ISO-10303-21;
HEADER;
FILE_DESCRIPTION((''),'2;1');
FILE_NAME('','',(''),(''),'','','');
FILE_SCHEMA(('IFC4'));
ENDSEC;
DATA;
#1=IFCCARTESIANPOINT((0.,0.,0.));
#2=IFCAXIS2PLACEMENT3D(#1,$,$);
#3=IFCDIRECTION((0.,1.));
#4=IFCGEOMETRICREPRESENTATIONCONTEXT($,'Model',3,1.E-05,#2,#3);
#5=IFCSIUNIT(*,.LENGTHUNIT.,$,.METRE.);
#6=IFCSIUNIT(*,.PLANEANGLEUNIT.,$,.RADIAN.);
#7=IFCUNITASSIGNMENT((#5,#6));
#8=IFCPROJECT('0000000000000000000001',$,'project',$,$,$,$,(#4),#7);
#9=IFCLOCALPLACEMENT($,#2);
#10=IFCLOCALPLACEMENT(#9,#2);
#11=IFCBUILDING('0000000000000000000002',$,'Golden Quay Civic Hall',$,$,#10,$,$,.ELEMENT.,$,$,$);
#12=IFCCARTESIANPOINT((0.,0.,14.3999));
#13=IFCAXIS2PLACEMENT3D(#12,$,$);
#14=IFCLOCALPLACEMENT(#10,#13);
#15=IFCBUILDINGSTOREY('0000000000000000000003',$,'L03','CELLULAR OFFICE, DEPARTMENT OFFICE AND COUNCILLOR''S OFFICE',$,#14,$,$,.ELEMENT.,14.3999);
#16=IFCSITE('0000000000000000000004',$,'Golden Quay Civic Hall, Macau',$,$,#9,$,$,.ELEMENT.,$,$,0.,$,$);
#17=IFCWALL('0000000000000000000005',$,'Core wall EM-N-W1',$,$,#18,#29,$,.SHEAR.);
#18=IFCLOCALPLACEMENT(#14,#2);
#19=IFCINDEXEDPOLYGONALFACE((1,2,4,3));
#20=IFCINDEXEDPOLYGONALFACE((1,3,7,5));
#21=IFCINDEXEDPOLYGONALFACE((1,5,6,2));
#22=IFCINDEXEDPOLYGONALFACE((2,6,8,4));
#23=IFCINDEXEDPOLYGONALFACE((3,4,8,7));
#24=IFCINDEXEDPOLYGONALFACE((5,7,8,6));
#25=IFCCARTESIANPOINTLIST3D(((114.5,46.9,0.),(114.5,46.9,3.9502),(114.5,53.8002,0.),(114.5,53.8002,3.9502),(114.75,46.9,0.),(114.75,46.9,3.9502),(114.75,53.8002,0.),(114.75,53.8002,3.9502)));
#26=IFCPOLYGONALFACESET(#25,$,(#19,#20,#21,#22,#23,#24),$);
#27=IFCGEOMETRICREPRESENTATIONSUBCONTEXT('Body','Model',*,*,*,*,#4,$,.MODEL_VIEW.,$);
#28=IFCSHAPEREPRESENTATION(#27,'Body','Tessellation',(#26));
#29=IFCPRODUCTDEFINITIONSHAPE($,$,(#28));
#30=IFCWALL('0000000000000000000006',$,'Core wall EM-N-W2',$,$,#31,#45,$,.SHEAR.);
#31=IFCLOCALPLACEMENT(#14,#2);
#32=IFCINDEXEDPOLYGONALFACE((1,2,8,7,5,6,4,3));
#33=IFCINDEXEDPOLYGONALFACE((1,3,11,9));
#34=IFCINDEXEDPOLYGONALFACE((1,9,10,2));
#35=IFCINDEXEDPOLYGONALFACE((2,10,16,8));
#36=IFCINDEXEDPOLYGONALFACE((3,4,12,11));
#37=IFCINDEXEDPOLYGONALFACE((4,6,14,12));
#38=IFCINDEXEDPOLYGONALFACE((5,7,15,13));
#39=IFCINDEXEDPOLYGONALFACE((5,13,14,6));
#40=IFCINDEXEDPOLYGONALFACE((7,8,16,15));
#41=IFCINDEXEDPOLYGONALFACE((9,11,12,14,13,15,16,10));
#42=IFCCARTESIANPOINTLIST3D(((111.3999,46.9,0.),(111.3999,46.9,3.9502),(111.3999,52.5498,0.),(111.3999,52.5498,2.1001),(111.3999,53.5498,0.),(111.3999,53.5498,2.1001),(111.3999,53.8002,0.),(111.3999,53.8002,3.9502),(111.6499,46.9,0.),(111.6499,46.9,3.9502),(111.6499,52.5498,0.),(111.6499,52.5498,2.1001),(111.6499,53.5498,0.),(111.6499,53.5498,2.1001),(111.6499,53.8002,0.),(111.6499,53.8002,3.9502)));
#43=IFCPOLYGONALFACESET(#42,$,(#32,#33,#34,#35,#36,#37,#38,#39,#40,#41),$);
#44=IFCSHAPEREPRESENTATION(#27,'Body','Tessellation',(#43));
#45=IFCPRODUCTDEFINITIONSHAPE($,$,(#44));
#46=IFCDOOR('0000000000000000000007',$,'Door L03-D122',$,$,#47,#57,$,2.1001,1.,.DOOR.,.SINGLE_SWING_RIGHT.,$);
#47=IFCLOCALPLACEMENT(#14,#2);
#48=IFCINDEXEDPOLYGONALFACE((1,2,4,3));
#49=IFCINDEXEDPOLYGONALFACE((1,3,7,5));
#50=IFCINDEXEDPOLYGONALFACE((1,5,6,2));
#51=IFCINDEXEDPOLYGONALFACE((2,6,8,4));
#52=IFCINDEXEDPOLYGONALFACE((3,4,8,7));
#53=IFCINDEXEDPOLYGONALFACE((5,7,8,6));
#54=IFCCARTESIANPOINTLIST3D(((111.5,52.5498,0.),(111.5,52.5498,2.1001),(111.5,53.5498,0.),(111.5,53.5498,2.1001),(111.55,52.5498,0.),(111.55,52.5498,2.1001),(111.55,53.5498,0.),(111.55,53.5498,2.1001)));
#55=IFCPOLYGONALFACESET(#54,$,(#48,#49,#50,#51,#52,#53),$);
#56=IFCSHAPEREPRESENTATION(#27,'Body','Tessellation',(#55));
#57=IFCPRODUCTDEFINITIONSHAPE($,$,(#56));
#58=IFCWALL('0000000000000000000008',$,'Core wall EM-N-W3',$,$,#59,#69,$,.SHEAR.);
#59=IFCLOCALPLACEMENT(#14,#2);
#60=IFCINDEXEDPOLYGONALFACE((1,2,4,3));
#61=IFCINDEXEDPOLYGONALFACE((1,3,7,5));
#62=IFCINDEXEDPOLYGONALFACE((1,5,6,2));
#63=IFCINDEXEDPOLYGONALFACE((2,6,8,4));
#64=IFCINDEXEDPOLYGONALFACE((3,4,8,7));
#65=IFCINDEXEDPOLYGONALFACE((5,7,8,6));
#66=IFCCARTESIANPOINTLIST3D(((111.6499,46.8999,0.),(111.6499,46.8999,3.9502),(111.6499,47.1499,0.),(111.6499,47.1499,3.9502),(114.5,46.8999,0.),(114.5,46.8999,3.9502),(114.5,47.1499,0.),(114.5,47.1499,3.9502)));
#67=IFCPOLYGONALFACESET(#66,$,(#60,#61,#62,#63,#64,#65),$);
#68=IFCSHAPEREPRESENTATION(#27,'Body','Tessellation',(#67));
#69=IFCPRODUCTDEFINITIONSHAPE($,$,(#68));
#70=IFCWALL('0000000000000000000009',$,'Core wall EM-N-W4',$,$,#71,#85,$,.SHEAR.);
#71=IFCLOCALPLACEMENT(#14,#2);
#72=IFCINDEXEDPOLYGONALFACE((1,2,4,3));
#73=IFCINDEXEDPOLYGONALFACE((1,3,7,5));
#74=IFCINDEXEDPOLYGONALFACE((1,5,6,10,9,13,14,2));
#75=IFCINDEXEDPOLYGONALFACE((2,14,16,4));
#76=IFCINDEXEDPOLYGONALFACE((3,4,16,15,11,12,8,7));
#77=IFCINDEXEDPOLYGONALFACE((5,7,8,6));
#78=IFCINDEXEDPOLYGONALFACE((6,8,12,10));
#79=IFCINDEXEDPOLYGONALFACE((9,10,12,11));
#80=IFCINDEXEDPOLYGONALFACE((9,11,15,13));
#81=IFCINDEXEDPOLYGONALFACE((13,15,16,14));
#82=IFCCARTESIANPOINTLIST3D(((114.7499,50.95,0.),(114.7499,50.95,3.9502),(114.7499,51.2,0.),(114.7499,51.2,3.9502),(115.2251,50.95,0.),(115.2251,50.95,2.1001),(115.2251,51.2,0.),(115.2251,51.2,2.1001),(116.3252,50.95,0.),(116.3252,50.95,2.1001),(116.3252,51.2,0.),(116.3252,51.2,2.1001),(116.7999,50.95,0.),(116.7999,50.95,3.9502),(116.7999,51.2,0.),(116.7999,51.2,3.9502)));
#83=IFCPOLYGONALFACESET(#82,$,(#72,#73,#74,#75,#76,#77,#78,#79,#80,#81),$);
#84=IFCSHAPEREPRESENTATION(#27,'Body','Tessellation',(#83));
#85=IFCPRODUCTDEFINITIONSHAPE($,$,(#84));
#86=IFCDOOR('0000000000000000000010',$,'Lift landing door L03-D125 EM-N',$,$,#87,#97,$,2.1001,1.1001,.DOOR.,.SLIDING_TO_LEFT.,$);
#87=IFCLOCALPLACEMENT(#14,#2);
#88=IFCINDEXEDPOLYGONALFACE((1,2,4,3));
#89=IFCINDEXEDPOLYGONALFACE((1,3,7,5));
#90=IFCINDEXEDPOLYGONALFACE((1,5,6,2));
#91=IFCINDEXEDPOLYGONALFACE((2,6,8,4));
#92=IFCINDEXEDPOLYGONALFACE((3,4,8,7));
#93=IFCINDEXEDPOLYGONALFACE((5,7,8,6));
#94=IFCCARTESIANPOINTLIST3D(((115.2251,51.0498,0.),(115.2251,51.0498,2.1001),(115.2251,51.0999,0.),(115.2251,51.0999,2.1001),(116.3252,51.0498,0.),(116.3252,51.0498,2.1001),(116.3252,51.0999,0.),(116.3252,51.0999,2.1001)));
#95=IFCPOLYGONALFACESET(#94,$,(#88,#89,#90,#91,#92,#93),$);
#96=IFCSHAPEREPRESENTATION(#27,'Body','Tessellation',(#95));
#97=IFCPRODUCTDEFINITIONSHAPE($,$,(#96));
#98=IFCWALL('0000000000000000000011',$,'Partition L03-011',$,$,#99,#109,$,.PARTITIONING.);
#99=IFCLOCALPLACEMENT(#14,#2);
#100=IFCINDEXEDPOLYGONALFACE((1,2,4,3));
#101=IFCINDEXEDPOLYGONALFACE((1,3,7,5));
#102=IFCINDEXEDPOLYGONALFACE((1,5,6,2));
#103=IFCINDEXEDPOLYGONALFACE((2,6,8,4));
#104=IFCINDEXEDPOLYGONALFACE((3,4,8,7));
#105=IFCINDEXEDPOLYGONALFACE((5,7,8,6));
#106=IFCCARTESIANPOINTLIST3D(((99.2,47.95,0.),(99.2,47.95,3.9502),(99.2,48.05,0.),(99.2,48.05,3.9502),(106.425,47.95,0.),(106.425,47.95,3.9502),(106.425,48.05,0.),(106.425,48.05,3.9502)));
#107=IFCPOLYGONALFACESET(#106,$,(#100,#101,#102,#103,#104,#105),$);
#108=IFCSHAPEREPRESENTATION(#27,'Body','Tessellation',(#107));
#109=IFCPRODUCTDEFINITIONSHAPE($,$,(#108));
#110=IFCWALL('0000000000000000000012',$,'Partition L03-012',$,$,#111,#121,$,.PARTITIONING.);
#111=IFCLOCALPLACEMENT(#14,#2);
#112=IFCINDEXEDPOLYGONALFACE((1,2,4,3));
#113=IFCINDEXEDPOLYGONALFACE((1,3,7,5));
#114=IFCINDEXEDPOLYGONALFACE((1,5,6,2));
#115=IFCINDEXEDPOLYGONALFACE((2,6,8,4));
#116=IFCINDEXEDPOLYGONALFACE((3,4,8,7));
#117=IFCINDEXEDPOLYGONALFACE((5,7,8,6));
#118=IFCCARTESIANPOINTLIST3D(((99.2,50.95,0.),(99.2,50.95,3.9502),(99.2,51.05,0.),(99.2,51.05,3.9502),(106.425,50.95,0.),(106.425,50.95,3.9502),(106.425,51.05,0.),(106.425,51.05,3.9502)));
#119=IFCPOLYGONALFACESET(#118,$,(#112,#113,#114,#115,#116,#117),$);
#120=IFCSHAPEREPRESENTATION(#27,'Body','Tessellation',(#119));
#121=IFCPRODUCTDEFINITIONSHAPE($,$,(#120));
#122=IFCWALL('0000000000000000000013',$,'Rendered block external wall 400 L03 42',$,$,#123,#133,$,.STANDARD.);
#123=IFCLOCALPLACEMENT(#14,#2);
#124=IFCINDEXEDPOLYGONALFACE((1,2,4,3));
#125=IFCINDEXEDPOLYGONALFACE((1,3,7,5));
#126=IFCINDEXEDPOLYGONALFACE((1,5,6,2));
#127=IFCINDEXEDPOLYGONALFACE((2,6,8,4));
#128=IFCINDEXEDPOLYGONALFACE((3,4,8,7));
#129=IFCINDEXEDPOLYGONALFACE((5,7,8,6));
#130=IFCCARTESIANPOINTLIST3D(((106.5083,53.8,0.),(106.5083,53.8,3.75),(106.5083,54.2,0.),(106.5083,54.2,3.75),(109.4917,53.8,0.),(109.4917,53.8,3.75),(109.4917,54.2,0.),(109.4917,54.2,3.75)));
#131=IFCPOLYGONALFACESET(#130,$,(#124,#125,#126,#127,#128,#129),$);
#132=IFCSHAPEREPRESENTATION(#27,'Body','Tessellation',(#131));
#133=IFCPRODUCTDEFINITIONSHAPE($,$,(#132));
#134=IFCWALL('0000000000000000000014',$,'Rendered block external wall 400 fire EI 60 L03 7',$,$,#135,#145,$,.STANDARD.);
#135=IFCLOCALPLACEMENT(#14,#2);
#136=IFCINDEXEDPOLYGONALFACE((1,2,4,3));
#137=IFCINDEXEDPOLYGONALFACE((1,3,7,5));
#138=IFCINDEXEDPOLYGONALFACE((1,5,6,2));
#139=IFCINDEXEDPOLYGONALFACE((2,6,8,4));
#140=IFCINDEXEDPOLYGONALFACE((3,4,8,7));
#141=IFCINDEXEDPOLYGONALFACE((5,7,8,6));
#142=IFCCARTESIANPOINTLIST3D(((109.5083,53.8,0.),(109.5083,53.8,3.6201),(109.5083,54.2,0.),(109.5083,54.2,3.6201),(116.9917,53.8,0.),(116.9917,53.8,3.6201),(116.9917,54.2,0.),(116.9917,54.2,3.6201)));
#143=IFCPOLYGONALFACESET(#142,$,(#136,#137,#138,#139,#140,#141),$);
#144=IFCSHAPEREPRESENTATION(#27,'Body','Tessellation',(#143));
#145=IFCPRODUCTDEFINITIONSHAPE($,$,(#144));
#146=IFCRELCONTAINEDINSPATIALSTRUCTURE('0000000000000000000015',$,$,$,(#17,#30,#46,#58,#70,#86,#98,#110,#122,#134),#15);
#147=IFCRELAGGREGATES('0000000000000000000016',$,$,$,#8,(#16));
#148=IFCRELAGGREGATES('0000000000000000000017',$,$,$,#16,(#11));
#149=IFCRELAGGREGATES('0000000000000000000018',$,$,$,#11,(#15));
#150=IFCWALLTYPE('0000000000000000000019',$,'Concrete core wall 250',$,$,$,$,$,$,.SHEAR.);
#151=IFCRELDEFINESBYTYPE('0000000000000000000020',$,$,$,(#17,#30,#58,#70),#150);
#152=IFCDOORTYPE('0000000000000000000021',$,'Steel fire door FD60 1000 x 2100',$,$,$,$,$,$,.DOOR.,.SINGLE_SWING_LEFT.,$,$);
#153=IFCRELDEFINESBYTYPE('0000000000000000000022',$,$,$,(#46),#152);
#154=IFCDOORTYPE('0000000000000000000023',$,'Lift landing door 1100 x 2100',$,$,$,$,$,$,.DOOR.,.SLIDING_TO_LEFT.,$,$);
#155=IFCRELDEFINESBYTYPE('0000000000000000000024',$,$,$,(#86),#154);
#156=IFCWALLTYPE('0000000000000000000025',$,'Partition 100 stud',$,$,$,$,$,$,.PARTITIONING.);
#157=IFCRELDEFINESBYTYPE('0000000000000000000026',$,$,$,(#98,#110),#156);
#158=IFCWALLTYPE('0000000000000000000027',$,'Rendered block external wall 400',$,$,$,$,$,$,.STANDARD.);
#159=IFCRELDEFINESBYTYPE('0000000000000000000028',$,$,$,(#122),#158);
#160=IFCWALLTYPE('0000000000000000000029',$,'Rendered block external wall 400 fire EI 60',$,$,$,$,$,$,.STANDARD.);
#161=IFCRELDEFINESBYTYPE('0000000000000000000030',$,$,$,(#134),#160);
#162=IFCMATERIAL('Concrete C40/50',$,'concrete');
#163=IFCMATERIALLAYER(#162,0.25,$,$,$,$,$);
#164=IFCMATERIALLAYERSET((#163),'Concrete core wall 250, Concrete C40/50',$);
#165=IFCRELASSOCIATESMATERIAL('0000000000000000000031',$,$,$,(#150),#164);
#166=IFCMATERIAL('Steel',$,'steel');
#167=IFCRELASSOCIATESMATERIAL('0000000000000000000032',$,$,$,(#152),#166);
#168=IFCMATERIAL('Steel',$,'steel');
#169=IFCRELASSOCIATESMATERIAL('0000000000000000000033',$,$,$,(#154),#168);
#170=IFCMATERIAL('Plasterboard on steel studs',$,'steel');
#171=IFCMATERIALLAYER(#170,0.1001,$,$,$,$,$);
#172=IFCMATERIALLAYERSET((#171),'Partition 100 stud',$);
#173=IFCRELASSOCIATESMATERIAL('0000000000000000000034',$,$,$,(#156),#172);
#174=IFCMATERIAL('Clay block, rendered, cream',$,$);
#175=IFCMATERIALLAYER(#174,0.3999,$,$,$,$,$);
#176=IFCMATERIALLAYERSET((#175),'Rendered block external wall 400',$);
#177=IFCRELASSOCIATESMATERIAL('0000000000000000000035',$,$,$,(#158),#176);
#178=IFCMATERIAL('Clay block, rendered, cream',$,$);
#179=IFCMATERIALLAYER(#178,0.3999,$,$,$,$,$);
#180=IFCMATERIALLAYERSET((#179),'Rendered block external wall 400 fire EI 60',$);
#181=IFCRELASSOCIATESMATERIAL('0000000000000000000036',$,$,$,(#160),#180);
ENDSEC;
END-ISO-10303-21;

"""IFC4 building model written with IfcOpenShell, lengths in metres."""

from ifc_helpers import new_model, si_unit, direction, frame, frame_2d, origin, place, context, subcontext, project, spatial, rectangle, extrude, material, layer, layer_set, type_object, element, fill, save


model = new_model("IFC4")

# Units and contexts
model_context = context("Model", 3, precision=1e-05, world=origin(), true_north=direction((0.0, 1.0)))
body_context = subcontext(model_context, "Body", "Model", "MODEL_VIEW")
ifc_project = project(units=[si_unit("LENGTHUNIT", "METRE"), si_unit("PLANEANGLEUNIT", "RADIAN")], contexts=[model_context])

# Site, building, storey
site_placement = place(None, origin())
site = spatial("IfcSite", under=ifc_project, at=site_placement, Name="Golden Quay Civic Hall, Macau", CompositionType="ELEMENT", RefElevation=0.0)
building_placement = place(site_placement, origin())
building = spatial("IfcBuilding", under=site, at=building_placement, Name="Golden Quay Civic Hall", CompositionType="ELEMENT")
storey_placement = place(building_placement, frame((0.0, 0.0, 14.3999)))
storey = spatial("IfcBuildingStorey", under=building, at=storey_placement, Name="L03", Description="CELLULAR OFFICE, DEPARTMENT OFFICE AND COUNCILLOR'S OFFICE", CompositionType="ELEMENT", Elevation=14.3999)

# Wall
ifc_material_1 = material(Name="Concrete C40/50", Category="concrete")
ifc_layer_1 = layer(ifc_material_1, 0.25)
ifc_layer_set_1 = layer_set([ifc_layer_1], Name="Concrete core wall 250, Concrete C40/50")
wall_type_1 = type_object("IfcWallType", Name="Concrete core wall 250", PredefinedType="SHEAR", material=ifc_layer_set_1)
wall_1_placement = place(storey_placement, frame((114.625, 46.8999, 0.0), z_axis=(0.0, 0.0, 1.0), x_axis=(0.0, 1.0, 0.0)))
element("IfcWall", 1, at=wall_1_placement, inside=storey, type_object=wall_type_1, Name="Core wall EM-N-W1", PredefinedType="SHEAR", context=body_context, shape_type="SweptSolid", body=[
    extrude(rectangle(XDim=6.9001, YDim=0.25, at=frame_2d((3.4502, 0.0))), origin(), (0.0, 0.0, 1.0), 3.9502),
])

# Wall, opening, door
wall_2_placement = place(storey_placement, frame((111.5249, 46.8999, 0.0), z_axis=(0.0, 0.0, 1.0), x_axis=(0.0, 1.0, 0.0)))
wall_2 = element("IfcWall", 2, at=wall_2_placement, inside=storey, type_object=wall_type_1, Name="Core wall EM-N-W2", PredefinedType="SHEAR", context=body_context, shape_type="SweptSolid", body=[
    extrude(rectangle(XDim=6.9001, YDim=0.25, at=frame_2d((3.4502, 0.0))), origin(), (0.0, 0.0, 1.0), 3.9502),
])
opening_1_placement = place(wall_2_placement, frame((5.6499, 0.0, 0.0)))
opening_1 = element("IfcOpeningElement", 3, at=opening_1_placement, cuts=wall_2, PredefinedType="OPENING", context=body_context, shape_type="SweptSolid", body=[
    extrude(rectangle(XDim=1.0, YDim=2.1001, at=frame_2d((0.5, 1.05))), frame((0.0, 0.135, 0.0), z_axis=(0.0, -1.0, 0.0), x_axis=(1.0, 0.0, 0.0)), (0.0, 0.0, 1.0), 0.27),
])
ifc_material_2 = material(Name="Steel", Category="steel")
door_type_1 = type_object("IfcDoorType", Name="Steel fire door FD60 1000 x 2100", OperationType="SINGLE_SWING_LEFT", PredefinedType="DOOR", material=ifc_material_2)
door_1_placement = place(opening_1_placement, frame((1.0, 0.0, 0.0), z_axis=(0.0, 0.0, 1.0), x_axis=(-1.0, 0.0, 0.0)))
door_1 = element("IfcDoor", 4, at=door_1_placement, inside=storey, type_object=door_type_1, Name="Door L03-D122", OperationType="SINGLE_SWING_RIGHT", OverallHeight=2.1001, OverallWidth=1.0, PredefinedType="DOOR", context=body_context, shape_type="SweptSolid", body=[
    extrude(rectangle(XDim=1.0, YDim=2.1001, at=frame_2d((0.5, 1.05))), frame((0.0, 0.0251, 0.0), z_axis=(0.0, -1.0, 0.0), x_axis=(1.0, 0.0, 0.0)), (0.0, 0.0, 1.0), 0.05),
])
fill(opening_1, door_1)

# Wall
wall_3_placement = place(storey_placement, frame((111.6499, 47.0249, 0.0), z_axis=(0.0, 0.0, 1.0), x_axis=(1.0, 0.0, 0.0)))
element("IfcWall", 5, at=wall_3_placement, inside=storey, type_object=wall_type_1, Name="Core wall EM-N-W3", PredefinedType="SHEAR", context=body_context, shape_type="SweptSolid", body=[
    extrude(rectangle(XDim=2.8501, YDim=0.25, at=frame_2d((1.425, 0.0))), origin(), (0.0, 0.0, 1.0), 3.9502),
])

# Wall, opening, door
wall_4_placement = place(storey_placement, frame((114.75, 51.075, 0.0), z_axis=(0.0, 0.0, 1.0), x_axis=(1.0, 0.0, 0.0)))
wall_4 = element("IfcWall", 6, at=wall_4_placement, inside=storey, type_object=wall_type_1, Name="Core wall EM-N-W4", PredefinedType="SHEAR", context=body_context, shape_type="SweptSolid", body=[
    extrude(rectangle(XDim=2.05, YDim=0.25, at=frame_2d((1.0249, 0.0))), origin(), (0.0, 0.0, 1.0), 3.9502),
])
opening_2_placement = place(wall_4_placement, frame((0.4751, 0.0, 0.0)))
opening_2 = element("IfcOpeningElement", 7, at=opening_2_placement, cuts=wall_4, PredefinedType="OPENING", context=body_context, shape_type="SweptSolid", body=[
    extrude(rectangle(XDim=1.1001, YDim=2.1001, at=frame_2d((0.55, 1.05))), frame((0.0, 0.135, 0.0), z_axis=(0.0, -1.0, 0.0), x_axis=(1.0, 0.0, 0.0)), (0.0, 0.0, 1.0), 0.27),
])
ifc_material_3 = material(Name="Steel", Category="steel")
door_type_2 = type_object("IfcDoorType", Name="Lift landing door 1100 x 2100", OperationType="SLIDING_TO_LEFT", PredefinedType="DOOR", material=ifc_material_3)
door_2_placement = place(opening_2_placement, origin())
door_2 = element("IfcDoor", 8, at=door_2_placement, inside=storey, type_object=door_type_2, Name="Lift landing door L03-D125 EM-N", OperationType="SLIDING_TO_LEFT", OverallHeight=2.1001, OverallWidth=1.1001, PredefinedType="DOOR", context=body_context, shape_type="SweptSolid", body=[
    extrude(rectangle(XDim=1.1001, YDim=2.1001, at=frame_2d((0.55, 1.05))), frame((0.0, 0.0249, 0.0), z_axis=(0.0, -1.0, 0.0), x_axis=(1.0, 0.0, 0.0)), (0.0, 0.0, 1.0), 0.05),
])
fill(opening_2, door_2)

# Walls
ifc_material_4 = material(Name="Plasterboard on steel studs", Category="steel")
ifc_layer_2 = layer(ifc_material_4, 0.1001)
ifc_layer_set_2 = layer_set([ifc_layer_2], Name="Partition 100 stud")
wall_type_2 = type_object("IfcWallType", Name="Partition 100 stud", PredefinedType="PARTITIONING", material=ifc_layer_set_2)
for number, where, z_axis, x_axis, name in (
    (9, (99.2, 48.0, 0.0), (0.0, 0.0, 1.0), (1.0, 0.0, 0.0), "Partition L03-011"),
    (10, (99.2, 51.0, 0.0), (0.0, 0.0, 1.0), (1.0, 0.0, 0.0), "Partition L03-012"),
):
    element("IfcWall", number, at=place(storey_placement, frame(where, z_axis=z_axis, x_axis=x_axis)), inside=storey, type_object=wall_type_2, Name=name, PredefinedType="PARTITIONING", context=body_context, shape_type="SweptSolid", body=[
        extrude(rectangle(XDim=7.2251, YDim=0.1001, at=frame_2d((3.6125, 0.0))), origin(), (0.0, 0.0, 1.0), 3.9502),
    ])
ifc_material_5 = material(Name="Clay block, rendered, cream")
ifc_layer_3 = layer(ifc_material_5, 0.3999)
ifc_layer_set_3 = layer_set([ifc_layer_3], Name="Rendered block external wall 400")
wall_type_3 = type_object("IfcWallType", Name="Rendered block external wall 400", PredefinedType="STANDARD", material=ifc_layer_set_3)
wall_5_placement = place(storey_placement, frame((106.5083, 54.0, 0.0), z_axis=(0.0, 0.0, 1.0), x_axis=(1.0, 0.0, 0.0)))
element("IfcWall", 11, at=wall_5_placement, inside=storey, type_object=wall_type_3, Name="Rendered block external wall 400 L03 42", PredefinedType="STANDARD", context=body_context, shape_type="SweptSolid", body=[
    extrude(rectangle(XDim=2.9834, YDim=0.3999, at=frame_2d((1.4917, 0.0))), origin(), (0.0, 0.0, 1.0), 3.75),
])
ifc_material_6 = material(Name="Clay block, rendered, cream")
ifc_layer_4 = layer(ifc_material_6, 0.3999)
ifc_layer_set_4 = layer_set([ifc_layer_4], Name="Rendered block external wall 400 fire EI 60")
wall_type_4 = type_object("IfcWallType", Name="Rendered block external wall 400 fire EI 60", PredefinedType="STANDARD", material=ifc_layer_set_4)
wall_6_placement = place(storey_placement, frame((109.5083, 54.0, 0.0), z_axis=(0.0, 0.0, 1.0), x_axis=(1.0, 0.0, 0.0)))
element("IfcWall", 12, at=wall_6_placement, inside=storey, type_object=wall_type_4, Name="Rendered block external wall 400 fire EI 60 L03 7", PredefinedType="STANDARD", context=body_context, shape_type="SweptSolid", body=[
    extrude(rectangle(XDim=7.4834, YDim=0.3999, at=frame_2d((3.7417, 0.0))), origin(), (0.0, 0.0, 1.0), 3.6201),
])

save(model, "model.ifc")
